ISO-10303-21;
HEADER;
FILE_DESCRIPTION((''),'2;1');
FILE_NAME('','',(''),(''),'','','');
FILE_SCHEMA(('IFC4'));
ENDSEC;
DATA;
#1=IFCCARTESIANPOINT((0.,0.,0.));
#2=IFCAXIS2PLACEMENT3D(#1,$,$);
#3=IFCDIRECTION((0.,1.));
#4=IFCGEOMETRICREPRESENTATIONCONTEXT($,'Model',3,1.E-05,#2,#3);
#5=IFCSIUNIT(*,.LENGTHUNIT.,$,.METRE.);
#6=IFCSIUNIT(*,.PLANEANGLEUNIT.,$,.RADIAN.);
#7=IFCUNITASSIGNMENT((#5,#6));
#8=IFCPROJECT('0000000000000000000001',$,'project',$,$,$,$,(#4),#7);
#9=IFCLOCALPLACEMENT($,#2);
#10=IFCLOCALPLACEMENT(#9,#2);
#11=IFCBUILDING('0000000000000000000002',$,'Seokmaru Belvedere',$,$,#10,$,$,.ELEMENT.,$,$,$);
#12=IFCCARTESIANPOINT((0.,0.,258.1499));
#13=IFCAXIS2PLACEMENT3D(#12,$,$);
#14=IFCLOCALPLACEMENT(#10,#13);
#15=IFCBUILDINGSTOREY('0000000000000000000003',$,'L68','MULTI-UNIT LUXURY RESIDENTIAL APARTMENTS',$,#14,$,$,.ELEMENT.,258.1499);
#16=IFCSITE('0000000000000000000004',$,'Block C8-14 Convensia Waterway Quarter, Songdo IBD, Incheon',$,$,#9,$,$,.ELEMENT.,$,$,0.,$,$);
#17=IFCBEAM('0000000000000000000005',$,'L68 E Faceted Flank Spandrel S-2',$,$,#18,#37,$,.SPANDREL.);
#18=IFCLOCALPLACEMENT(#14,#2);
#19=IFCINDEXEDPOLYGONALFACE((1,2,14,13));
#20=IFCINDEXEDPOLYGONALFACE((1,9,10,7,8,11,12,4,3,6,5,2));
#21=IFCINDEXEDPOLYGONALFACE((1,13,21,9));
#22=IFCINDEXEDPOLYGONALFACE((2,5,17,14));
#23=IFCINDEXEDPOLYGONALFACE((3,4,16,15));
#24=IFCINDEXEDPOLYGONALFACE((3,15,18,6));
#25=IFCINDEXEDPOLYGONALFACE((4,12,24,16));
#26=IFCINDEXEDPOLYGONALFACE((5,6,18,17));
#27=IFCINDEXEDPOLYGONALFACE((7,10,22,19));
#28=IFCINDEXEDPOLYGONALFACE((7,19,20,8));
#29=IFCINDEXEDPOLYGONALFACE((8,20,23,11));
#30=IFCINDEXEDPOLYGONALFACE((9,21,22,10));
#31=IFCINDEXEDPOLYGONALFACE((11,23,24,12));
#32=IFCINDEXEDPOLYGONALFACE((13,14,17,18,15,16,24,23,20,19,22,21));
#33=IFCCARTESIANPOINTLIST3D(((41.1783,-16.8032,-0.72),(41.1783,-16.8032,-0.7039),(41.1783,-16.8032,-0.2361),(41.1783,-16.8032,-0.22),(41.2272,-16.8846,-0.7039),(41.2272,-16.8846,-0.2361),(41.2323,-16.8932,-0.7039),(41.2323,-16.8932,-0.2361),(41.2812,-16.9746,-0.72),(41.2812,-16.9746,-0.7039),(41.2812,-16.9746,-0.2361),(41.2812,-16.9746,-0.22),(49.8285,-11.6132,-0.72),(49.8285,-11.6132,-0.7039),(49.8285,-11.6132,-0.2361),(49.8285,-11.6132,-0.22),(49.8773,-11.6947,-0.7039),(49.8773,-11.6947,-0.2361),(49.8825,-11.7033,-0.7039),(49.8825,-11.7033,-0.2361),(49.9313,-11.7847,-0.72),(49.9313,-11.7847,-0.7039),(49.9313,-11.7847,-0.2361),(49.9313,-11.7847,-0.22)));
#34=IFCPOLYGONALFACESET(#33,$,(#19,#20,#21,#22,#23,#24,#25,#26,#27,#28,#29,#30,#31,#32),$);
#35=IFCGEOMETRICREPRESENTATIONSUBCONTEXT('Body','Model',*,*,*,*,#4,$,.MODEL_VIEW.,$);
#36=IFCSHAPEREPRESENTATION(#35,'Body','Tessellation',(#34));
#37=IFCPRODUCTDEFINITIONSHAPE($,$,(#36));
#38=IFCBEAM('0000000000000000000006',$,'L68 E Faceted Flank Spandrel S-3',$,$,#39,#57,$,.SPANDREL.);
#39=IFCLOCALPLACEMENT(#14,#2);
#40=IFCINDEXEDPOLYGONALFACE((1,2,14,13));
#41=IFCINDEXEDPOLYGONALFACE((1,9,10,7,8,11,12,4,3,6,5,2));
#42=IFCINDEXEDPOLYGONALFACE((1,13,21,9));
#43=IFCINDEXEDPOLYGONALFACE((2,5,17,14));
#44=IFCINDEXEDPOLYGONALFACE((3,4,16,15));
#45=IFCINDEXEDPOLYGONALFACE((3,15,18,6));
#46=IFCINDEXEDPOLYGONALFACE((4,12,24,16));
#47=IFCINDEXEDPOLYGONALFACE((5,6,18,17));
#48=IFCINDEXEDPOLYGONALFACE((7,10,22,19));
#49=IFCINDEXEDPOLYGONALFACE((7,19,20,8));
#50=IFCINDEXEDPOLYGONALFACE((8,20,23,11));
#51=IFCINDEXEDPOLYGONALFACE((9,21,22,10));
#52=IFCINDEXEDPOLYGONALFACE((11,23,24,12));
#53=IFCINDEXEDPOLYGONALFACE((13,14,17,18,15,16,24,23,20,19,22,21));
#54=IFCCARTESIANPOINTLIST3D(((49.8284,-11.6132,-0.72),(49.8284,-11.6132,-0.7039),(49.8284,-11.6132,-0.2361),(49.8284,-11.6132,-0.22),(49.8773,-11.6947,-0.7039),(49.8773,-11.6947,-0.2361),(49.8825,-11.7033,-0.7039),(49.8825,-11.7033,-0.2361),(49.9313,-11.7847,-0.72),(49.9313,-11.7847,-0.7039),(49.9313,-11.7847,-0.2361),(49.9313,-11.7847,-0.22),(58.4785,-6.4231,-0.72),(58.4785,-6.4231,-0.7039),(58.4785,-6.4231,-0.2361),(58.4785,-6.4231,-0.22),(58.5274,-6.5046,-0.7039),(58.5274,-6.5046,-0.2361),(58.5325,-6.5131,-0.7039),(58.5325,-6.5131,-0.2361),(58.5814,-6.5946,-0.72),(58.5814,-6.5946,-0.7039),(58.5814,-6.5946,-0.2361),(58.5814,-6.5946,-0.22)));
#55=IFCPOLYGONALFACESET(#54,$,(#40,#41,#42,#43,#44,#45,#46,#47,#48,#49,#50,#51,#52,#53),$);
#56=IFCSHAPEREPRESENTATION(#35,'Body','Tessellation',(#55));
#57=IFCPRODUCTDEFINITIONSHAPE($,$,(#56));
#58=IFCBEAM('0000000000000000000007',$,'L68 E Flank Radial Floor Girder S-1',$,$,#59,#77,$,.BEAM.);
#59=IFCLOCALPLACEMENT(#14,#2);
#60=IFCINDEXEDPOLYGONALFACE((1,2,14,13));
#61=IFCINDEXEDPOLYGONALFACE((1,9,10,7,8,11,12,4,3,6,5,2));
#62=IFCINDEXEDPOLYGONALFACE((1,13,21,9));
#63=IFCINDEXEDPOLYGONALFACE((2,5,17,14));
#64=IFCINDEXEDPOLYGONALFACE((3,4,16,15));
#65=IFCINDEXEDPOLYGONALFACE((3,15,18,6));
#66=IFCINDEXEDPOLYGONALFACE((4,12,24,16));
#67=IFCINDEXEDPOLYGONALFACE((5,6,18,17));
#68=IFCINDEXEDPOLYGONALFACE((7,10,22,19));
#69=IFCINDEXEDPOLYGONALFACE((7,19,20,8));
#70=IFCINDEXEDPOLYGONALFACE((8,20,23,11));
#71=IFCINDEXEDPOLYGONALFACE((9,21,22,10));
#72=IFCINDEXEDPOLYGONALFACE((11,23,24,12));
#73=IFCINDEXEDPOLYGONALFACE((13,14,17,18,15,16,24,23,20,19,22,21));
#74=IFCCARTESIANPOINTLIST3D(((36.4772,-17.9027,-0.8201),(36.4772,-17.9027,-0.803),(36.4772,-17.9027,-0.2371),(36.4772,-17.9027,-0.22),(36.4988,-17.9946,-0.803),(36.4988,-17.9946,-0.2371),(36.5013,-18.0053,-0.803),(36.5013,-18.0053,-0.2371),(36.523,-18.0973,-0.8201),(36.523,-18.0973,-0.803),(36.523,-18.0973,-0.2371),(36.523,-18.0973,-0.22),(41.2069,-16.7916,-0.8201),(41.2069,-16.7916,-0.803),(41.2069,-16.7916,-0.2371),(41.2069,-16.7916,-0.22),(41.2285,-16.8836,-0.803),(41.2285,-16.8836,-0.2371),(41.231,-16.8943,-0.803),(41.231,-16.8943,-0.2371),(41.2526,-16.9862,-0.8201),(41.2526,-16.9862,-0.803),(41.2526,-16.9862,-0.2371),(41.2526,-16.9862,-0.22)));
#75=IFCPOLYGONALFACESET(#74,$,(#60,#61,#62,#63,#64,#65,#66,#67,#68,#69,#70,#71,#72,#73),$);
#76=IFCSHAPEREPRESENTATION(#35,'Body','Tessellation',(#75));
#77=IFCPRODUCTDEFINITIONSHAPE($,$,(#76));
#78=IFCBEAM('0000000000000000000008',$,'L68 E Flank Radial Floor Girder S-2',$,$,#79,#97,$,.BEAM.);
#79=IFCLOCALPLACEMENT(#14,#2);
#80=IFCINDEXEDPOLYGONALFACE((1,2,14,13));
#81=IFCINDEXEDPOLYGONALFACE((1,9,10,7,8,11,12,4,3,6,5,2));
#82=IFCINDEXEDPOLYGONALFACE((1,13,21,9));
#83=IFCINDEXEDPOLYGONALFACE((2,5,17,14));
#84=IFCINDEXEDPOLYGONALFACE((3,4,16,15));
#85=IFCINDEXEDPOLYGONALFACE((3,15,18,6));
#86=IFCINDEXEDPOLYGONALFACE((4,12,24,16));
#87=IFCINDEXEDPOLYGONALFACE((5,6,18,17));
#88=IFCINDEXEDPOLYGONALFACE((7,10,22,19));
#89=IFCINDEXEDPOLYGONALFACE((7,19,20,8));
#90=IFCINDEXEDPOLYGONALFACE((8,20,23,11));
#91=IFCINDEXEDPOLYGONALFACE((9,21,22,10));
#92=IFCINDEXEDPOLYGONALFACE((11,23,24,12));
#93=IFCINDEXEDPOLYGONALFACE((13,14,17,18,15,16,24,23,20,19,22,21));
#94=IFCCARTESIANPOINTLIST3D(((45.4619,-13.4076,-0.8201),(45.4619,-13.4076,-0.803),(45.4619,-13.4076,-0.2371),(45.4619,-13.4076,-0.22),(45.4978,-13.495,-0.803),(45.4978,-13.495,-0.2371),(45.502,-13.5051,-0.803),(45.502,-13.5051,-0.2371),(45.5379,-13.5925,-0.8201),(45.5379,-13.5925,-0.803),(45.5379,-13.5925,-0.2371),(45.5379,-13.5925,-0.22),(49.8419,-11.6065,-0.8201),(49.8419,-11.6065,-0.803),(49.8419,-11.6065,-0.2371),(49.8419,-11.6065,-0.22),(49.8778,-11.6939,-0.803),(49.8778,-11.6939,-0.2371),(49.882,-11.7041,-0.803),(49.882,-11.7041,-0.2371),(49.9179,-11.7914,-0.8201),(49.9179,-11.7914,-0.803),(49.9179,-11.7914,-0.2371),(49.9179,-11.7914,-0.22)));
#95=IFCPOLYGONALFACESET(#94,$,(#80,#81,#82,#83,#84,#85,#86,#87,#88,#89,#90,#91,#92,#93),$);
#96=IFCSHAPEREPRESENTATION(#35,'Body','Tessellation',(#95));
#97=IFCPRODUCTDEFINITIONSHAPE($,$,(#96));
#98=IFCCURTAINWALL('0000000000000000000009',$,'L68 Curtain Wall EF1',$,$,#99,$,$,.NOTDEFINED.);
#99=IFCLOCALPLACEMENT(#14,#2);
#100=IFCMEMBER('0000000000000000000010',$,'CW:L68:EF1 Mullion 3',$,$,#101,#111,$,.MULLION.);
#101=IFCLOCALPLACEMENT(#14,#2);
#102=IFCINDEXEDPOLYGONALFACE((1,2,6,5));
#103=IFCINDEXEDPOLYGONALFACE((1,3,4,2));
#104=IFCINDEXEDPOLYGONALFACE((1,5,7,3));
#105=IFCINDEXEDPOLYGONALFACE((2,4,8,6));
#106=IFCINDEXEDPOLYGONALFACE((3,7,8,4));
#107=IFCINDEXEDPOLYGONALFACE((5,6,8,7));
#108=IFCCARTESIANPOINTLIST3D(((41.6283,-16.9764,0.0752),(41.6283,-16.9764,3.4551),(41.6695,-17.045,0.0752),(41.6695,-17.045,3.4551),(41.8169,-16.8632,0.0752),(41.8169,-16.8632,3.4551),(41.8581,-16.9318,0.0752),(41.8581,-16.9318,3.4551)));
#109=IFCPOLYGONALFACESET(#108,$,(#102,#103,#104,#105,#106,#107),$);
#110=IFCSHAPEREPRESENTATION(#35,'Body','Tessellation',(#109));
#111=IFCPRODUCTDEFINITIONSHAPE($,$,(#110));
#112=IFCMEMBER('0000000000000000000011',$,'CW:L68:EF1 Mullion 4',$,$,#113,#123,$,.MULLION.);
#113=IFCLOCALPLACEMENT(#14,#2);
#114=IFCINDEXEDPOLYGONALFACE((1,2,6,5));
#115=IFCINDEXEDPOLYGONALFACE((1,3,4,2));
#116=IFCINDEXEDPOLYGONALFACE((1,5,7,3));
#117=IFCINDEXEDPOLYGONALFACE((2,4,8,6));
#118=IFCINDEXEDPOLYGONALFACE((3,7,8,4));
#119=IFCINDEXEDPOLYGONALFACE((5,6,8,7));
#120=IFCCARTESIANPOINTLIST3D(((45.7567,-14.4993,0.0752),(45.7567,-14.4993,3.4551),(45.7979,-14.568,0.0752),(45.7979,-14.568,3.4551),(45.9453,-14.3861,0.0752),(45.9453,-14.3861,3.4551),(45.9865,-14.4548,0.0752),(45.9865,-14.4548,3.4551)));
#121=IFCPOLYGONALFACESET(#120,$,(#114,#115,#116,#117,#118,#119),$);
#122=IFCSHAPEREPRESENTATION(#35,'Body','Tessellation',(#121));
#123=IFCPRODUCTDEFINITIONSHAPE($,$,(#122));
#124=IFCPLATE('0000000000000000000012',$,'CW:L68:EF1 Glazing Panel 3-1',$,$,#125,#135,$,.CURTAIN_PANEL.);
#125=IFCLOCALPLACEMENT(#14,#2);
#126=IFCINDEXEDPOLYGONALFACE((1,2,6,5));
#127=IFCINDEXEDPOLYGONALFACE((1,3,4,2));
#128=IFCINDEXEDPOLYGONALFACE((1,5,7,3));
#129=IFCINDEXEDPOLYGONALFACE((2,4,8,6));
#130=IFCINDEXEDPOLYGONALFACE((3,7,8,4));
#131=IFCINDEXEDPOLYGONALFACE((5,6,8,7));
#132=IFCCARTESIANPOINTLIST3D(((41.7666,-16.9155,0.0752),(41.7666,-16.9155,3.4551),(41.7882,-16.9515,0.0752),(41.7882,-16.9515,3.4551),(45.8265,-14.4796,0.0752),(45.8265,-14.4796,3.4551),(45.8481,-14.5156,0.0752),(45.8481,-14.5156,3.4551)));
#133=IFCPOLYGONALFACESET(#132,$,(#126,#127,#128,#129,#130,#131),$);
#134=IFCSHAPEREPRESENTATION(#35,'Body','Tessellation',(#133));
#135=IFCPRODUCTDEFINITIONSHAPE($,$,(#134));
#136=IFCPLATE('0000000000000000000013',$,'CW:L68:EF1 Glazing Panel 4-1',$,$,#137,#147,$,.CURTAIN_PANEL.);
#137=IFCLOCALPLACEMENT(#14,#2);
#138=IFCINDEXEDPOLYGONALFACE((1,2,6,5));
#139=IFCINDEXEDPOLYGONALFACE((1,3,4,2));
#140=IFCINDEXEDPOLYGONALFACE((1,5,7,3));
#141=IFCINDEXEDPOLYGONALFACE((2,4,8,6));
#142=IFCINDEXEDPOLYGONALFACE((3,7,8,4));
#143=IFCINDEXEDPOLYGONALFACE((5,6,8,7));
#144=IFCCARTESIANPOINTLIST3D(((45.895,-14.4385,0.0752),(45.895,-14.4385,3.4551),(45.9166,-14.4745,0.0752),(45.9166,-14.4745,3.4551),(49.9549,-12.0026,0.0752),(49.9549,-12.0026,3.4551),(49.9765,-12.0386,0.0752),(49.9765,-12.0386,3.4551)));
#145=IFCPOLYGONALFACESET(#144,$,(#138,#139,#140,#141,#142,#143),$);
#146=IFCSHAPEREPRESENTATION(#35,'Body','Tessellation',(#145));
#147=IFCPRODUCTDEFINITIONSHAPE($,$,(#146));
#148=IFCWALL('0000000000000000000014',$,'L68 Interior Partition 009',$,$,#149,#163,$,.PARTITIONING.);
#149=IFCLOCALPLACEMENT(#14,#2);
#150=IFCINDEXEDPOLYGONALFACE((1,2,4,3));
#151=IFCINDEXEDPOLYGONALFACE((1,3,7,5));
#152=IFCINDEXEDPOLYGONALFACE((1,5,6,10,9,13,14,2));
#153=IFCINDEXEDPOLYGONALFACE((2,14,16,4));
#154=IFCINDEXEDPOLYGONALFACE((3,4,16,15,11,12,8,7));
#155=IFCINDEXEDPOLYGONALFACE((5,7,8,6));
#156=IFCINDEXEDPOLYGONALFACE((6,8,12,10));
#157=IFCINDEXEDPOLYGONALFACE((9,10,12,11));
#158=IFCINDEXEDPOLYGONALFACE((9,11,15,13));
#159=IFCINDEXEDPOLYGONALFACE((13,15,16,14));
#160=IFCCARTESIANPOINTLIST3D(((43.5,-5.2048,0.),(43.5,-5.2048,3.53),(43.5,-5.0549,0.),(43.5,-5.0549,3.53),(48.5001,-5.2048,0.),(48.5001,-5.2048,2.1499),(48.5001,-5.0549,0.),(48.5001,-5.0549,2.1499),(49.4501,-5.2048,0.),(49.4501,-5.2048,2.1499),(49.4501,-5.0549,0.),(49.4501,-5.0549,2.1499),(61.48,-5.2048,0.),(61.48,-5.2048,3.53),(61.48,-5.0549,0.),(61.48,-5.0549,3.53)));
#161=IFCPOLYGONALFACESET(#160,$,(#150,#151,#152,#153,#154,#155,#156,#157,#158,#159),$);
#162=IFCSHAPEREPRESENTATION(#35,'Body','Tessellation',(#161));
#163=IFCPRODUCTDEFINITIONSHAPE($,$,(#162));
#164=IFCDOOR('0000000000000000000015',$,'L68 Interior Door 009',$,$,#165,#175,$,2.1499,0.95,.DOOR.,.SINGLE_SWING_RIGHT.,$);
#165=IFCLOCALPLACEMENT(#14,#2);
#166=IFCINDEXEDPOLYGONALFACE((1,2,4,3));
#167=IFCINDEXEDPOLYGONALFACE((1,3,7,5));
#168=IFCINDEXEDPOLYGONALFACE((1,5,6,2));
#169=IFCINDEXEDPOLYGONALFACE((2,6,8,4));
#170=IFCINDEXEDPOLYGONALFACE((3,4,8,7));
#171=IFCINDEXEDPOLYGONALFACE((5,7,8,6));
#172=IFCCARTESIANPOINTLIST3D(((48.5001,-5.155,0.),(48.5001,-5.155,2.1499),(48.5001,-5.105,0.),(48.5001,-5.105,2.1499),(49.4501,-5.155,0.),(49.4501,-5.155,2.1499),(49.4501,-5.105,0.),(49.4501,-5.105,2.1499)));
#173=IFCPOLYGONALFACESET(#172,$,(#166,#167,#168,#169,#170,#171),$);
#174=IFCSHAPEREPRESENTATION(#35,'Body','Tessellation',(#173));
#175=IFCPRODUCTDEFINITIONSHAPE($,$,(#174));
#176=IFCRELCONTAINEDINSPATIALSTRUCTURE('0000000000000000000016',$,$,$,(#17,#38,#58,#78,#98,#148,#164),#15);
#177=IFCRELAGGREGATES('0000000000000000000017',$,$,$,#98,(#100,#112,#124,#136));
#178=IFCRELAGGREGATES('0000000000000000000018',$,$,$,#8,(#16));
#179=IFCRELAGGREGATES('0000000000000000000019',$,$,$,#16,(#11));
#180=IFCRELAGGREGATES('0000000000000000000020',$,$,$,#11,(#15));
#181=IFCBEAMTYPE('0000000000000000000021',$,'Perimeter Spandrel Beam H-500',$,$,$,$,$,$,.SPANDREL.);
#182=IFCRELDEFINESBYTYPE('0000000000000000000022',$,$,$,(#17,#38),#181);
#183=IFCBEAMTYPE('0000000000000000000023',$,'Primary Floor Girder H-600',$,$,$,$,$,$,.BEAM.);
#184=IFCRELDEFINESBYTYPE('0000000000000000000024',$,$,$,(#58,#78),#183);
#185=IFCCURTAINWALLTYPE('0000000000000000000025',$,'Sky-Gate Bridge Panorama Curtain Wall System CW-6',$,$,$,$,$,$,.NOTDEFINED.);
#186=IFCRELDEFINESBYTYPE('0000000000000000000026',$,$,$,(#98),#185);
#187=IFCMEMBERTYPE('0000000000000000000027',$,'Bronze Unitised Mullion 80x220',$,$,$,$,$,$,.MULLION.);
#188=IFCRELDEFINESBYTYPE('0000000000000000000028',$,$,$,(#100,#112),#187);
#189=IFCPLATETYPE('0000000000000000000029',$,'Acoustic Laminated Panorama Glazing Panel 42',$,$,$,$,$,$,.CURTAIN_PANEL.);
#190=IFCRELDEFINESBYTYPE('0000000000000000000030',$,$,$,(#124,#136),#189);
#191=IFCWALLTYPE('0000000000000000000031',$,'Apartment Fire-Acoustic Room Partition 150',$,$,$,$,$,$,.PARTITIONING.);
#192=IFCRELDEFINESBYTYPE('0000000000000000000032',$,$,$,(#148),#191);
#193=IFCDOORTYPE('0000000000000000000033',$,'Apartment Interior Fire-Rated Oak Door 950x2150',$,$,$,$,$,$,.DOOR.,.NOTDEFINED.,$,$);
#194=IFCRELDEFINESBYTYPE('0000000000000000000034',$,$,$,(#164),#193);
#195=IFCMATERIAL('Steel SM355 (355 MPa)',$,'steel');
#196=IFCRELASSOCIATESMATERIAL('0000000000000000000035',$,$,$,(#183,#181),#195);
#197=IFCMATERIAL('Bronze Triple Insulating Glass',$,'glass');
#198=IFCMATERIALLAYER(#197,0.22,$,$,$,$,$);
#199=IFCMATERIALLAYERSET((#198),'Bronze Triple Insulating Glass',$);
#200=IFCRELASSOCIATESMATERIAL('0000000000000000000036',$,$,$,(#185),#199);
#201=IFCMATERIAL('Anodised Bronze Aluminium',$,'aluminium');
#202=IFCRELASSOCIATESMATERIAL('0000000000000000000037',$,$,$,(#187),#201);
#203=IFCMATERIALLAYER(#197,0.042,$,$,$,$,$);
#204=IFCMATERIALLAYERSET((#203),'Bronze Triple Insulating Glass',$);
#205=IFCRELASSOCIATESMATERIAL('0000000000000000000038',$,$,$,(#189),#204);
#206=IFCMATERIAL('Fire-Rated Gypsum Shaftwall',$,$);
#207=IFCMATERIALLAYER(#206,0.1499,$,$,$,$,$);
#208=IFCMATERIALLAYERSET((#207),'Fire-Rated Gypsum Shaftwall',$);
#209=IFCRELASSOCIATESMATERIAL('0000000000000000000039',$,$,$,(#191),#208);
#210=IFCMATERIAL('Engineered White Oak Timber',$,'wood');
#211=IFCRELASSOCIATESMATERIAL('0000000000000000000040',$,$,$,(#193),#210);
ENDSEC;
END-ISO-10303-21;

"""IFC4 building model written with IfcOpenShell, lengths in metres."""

from ifc_helpers import new_model, si_unit, direction, frame, frame_2d, origin, origin_2d, place, context, subcontext, project, spatial, rectangle, i_section, extrude, source, transform, mapped, material, layer, layer_set, material_profile, profile_set, type_object, type_shapes, element, fill, aggregate, save


model = new_model("IFC4")

# Units and contexts
model_context = context("Model", 3, precision=1e-05, world=origin(), true_north=direction((0.0, 1.0)))
body_context = subcontext(model_context, "Body", "Model", "MODEL_VIEW")
ifc_project = project(units=[si_unit("LENGTHUNIT", "METRE"), si_unit("PLANEANGLEUNIT", "RADIAN")], contexts=[model_context])

# Site, building, storey
site_placement = place(None, origin())
site = spatial("IfcSite", under=ifc_project, at=site_placement, Name="Block C8-14 Convensia Waterway Quarter, Songdo IBD, Incheon", CompositionType="ELEMENT", RefElevation=0.0)
building_placement = place(site_placement, origin())
building = spatial("IfcBuilding", under=site, at=building_placement, Name="Seokmaru Belvedere", CompositionType="ELEMENT")
storey_placement = place(building_placement, frame((0.0, 0.0, 258.1499)))
storey = spatial("IfcBuildingStorey", under=building, at=storey_placement, Name="L68", Description="MULTI-UNIT LUXURY RESIDENTIAL APARTMENTS", CompositionType="ELEMENT", Elevation=258.1499)

# Shared definitions
ifc_material_1 = material(Name="Steel SM355 (355 MPa)", Category="steel")

# Beams
ifc_material_profile_1 = material_profile(ifc_material_1, i_section(OverallWidth=0.2, OverallDepth=0.6001, WebThickness=0.011, FlangeThickness=0.0171, at=origin_2d()), Name="H-600x200x11x17")
ifc_profile_set_1 = profile_set([ifc_material_profile_1], Name="Steel SM355 (355 MPa)")
beam_type_1 = type_object("IfcBeamType", Name="Primary Floor Girder H-600", PredefinedType="BEAM", material=ifc_profile_set_1)
ifc_material_profile_2 = material_profile(ifc_material_1, i_section(OverallWidth=0.2, OverallDepth=0.5, WebThickness=0.01, FlangeThickness=0.0161, at=origin_2d()), Name="H-500x200x10x16")
ifc_profile_set_2 = profile_set([ifc_material_profile_2], Name="Steel SM355 (355 MPa)")
beam_type_2 = type_object("IfcBeamType", Name="Perimeter Spandrel Beam H-500", PredefinedType="SPANDREL", material=ifc_profile_set_2)
shared_shape_1 = source(origin(), body_context, "Body", "SweptSolid", [
    extrude(i_section(OverallWidth=0.2, OverallDepth=0.5, WebThickness=0.01, FlangeThickness=0.0161, at=origin_2d()), origin(), (0.0, 0.0, 1.0), 10.0876),
])
type_shapes(beam_type_2, [shared_shape_1])
for number, where, z_axis, x_axis, name in (
    (1, (41.2297, -16.8889, -0.47), (0.857499, 0.514485, 0.0), (-0.514485, 0.857499, 0.0), "L68 E Faceted Flank Spandrel S-2"),
    (2, (49.8799, -11.699, -0.47), (0.857489, 0.514503, 0.0), (-0.514503, 0.857489, 0.0), "L68 E Faceted Flank Spandrel S-3"),
):
    element("IfcBeam", number, at=place(storey_placement, frame(where, z_axis=z_axis, x_axis=x_axis)), inside=storey, type_object=beam_type_2, Name=name, PredefinedType="SPANDREL", context=body_context, shape_type="MappedRepresentation", body=[
        mapped(shared_shape_1, transform((0.0, 0.0, 0.0), scale=1.0)),
    ])
shared_shape_2 = source(origin(), body_context, "Body", "SweptSolid", [
    extrude(i_section(OverallWidth=0.2, OverallDepth=0.6001, WebThickness=0.011, FlangeThickness=0.0171, at=origin_2d()), origin(), (0.0, 0.0, 1.0), 4.8584),
])
beam_1_placement = place(storey_placement, frame((41.2297, -16.8889, -0.52), z_axis=(-0.973499, -0.228689, 0.0), x_axis=(0.228689, -0.973499, 0.0)))
element("IfcBeam", 3, at=beam_1_placement, inside=storey, type_object=beam_type_1, Name="L68 E Flank Radial Floor Girder S-1", PredefinedType="BEAM", context=body_context, shape_type="MappedRepresentation", body=[
    mapped(shared_shape_2, transform((0.0, 0.0, 0.0), scale=1.0)),
])
shared_shape_3 = source(origin(), body_context, "Body", "SweptSolid", [
    extrude(i_section(OverallWidth=0.2, OverallDepth=0.6001, WebThickness=0.011, FlangeThickness=0.0171, at=origin_2d()), origin(), (0.0, 0.0, 1.0), 4.7358),
])
beam_2_placement = place(storey_placement, frame((49.8799, -11.699, -0.52), z_axis=(-0.924861, -0.380306, 0.0), x_axis=(0.380306, -0.924861, 0.0)))
element("IfcBeam", 4, at=beam_2_placement, inside=storey, type_object=beam_type_1, Name="L68 E Flank Radial Floor Girder S-2", PredefinedType="BEAM", context=body_context, shape_type="MappedRepresentation", body=[
    mapped(shared_shape_3, transform((0.0, 0.0, 0.0), scale=1.0)),
])

# Curtain wall, members, plates
ifc_material_2 = material(Name="Bronze Triple Insulating Glass", Category="glass")
ifc_layer_1 = layer(ifc_material_2, 0.22)
ifc_layer_set_1 = layer_set([ifc_layer_1], Name="Bronze Triple Insulating Glass")
curtain_wall_type = type_object("IfcCurtainWallType", Name="Sky-Gate Bridge Panorama Curtain Wall System CW-6", PredefinedType="NOTDEFINED", material=ifc_layer_set_1)
curtain_wall_placement = place(storey_placement, origin())
curtain_wall = element("IfcCurtainWall", 5, at=curtain_wall_placement, inside=storey, type_object=curtain_wall_type, Name="L68 Curtain Wall EF1", PredefinedType="NOTDEFINED")
ifc_material_3 = material(Name="Anodised Bronze Aluminium", Category="aluminium")
ifc_material_profile_3 = material_profile(ifc_material_3, rectangle(XDim=0.0801, YDim=0.22, at=origin_2d()), Name="CW-M-80x220")
ifc_profile_set_3 = profile_set([ifc_material_profile_3], Name="Anodised Bronze Aluminium")
member_type = type_object("IfcMemberType", Name="Bronze Unitised Mullion 80x220", PredefinedType="MULLION", material=ifc_profile_set_3)
shared_shape_4 = source(origin(), body_context, "Body", "SweptSolid", [
    extrude(rectangle(XDim=0.0801, YDim=0.22, at=origin_2d()), origin(), (0.0, 0.0, 1.0), 3.3799),
])
type_shapes(member_type, [shared_shape_4])
member_1_placement = place(storey_placement, frame((41.7432, -16.9541, 0.0752), z_axis=(0.0, 0.0, 1.0), x_axis=(-0.514495, 0.857493, 0.0)))
member_1 = element("IfcMember", 6, at=member_1_placement, type_object=member_type, Name="CW:L68:EF1 Mullion 3", PredefinedType="MULLION", context=body_context, shape_type="MappedRepresentation", body=[
    mapped(shared_shape_4, transform((0.0, 0.0, 0.0), scale=1.0)),
])
member_2_placement = place(storey_placement, frame((45.8716, -14.4771, 0.0752), z_axis=(0.0, 0.0, 1.0), x_axis=(-0.514495, 0.857493, 0.0)))
member_2 = element("IfcMember", 7, at=member_2_placement, type_object=member_type, Name="CW:L68:EF1 Mullion 4", PredefinedType="MULLION", context=body_context, shape_type="MappedRepresentation", body=[
    mapped(shared_shape_4, transform((0.0, 0.0, 0.0), scale=1.0)),
])
ifc_layer_2 = layer(ifc_material_2, 0.042)
ifc_layer_set_2 = layer_set([ifc_layer_2], Name="Bronze Triple Insulating Glass")
plate_type = type_object("IfcPlateType", Name="Acoustic Laminated Panorama Glazing Panel 42", PredefinedType="CURTAIN_PANEL", material=ifc_layer_set_2)
shared_shape_5 = source(origin(), body_context, "Body", "SweptSolid", [
    extrude(rectangle(XDim=4.7346, YDim=0.042, at=origin_2d()), origin(), (0.0, 0.0, 1.0), 3.3799),
])
type_shapes(plate_type, [shared_shape_5])
plate_1_placement = place(storey_placement, frame((43.8074, -15.7156, 0.0752), z_axis=(0.0, 0.0, 1.0), x_axis=(0.857493, 0.514495, 0.0)))
plate_1 = element("IfcPlate", 8, at=plate_1_placement, type_object=plate_type, Name="CW:L68:EF1 Glazing Panel 3-1", PredefinedType="CURTAIN_PANEL", context=body_context, shape_type="MappedRepresentation", body=[
    mapped(shared_shape_5, transform((0.0, 0.0, 0.0), scale=1.0)),
])
plate_2_placement = place(storey_placement, frame((47.9358, -13.2385, 0.0752), z_axis=(0.0, 0.0, 1.0), x_axis=(0.857493, 0.514495, 0.0)))
plate_2 = element("IfcPlate", 9, at=plate_2_placement, type_object=plate_type, Name="CW:L68:EF1 Glazing Panel 4-1", PredefinedType="CURTAIN_PANEL", context=body_context, shape_type="MappedRepresentation", body=[
    mapped(shared_shape_5, transform((0.0, 0.0, 0.0), scale=1.0)),
])
aggregate(curtain_wall, [member_1, member_2, plate_1, plate_2])

# Wall, opening, door
ifc_material_4 = material(Name="Fire-Rated Gypsum Shaftwall")
ifc_layer_3 = layer(ifc_material_4, 0.1499)
ifc_layer_set_3 = layer_set([ifc_layer_3], Name="Fire-Rated Gypsum Shaftwall")
wall_type_1 = type_object("IfcWallType", Name="Apartment Fire-Acoustic Room Partition 150", PredefinedType="PARTITIONING", material=ifc_layer_set_3)
wall_1_placement = place(storey_placement, frame((43.5, -5.1299, 0.0), z_axis=(0.0, 0.0, 1.0), x_axis=(1.0, 0.0, 0.0)))
wall_1 = element("IfcWall", 10, at=wall_1_placement, inside=storey, type_object=wall_type_1, Name="L68 Interior Partition 009", PredefinedType="PARTITIONING", context=body_context, shape_type="SweptSolid", body=[
    extrude(rectangle(XDim=17.98, YDim=0.1499, at=frame_2d((8.99, 0.0))), origin(), (0.0, 0.0, 1.0), 3.53),
])
opening_1_placement = place(wall_1_placement, frame((5.0, 0.0, 0.0)))
opening_1 = element("IfcOpeningElement", 11, at=opening_1_placement, cuts=wall_1, PredefinedType="OPENING", context=body_context, shape_type="SweptSolid", body=[
    extrude(rectangle(XDim=0.95, YDim=2.1499, at=frame_2d((0.4751, 1.075))), frame((0.0, 0.085, 0.0), z_axis=(0.0, -1.0, 0.0), x_axis=(1.0, 0.0, 0.0)), (0.0, 0.0, 1.0), 0.1699),
])
ifc_material_5 = material(Name="Engineered White Oak Timber", Category="wood")
door_type = type_object("IfcDoorType", Name="Apartment Interior Fire-Rated Oak Door 950x2150", OperationType="NOTDEFINED", PredefinedType="DOOR", material=ifc_material_5)
shared_shape_6 = source(origin(), body_context, "Body", "SweptSolid", [
    extrude(rectangle(XDim=0.95, YDim=2.1499, at=frame_2d((0.4751, 1.075))), frame((0.0, 0.0249, 0.0), z_axis=(0.0, -1.0, 0.0), x_axis=(1.0, 0.0, 0.0)), (0.0, 0.0, 1.0), 0.05),
])
type_shapes(door_type, [shared_shape_6])
door_1_placement = place(opening_1_placement, origin())
door_1 = element("IfcDoor", 12, at=door_1_placement, inside=storey, type_object=door_type, Name="L68 Interior Door 009", OperationType="SINGLE_SWING_RIGHT", OverallHeight=2.1499, OverallWidth=0.95, PredefinedType="DOOR", context=body_context, shape_type="MappedRepresentation", body=[
    mapped(shared_shape_6, transform((0.0, 0.0, 0.0), scale=1.0)),
])
fill(opening_1, door_1)

save(model, "model.ifc")
